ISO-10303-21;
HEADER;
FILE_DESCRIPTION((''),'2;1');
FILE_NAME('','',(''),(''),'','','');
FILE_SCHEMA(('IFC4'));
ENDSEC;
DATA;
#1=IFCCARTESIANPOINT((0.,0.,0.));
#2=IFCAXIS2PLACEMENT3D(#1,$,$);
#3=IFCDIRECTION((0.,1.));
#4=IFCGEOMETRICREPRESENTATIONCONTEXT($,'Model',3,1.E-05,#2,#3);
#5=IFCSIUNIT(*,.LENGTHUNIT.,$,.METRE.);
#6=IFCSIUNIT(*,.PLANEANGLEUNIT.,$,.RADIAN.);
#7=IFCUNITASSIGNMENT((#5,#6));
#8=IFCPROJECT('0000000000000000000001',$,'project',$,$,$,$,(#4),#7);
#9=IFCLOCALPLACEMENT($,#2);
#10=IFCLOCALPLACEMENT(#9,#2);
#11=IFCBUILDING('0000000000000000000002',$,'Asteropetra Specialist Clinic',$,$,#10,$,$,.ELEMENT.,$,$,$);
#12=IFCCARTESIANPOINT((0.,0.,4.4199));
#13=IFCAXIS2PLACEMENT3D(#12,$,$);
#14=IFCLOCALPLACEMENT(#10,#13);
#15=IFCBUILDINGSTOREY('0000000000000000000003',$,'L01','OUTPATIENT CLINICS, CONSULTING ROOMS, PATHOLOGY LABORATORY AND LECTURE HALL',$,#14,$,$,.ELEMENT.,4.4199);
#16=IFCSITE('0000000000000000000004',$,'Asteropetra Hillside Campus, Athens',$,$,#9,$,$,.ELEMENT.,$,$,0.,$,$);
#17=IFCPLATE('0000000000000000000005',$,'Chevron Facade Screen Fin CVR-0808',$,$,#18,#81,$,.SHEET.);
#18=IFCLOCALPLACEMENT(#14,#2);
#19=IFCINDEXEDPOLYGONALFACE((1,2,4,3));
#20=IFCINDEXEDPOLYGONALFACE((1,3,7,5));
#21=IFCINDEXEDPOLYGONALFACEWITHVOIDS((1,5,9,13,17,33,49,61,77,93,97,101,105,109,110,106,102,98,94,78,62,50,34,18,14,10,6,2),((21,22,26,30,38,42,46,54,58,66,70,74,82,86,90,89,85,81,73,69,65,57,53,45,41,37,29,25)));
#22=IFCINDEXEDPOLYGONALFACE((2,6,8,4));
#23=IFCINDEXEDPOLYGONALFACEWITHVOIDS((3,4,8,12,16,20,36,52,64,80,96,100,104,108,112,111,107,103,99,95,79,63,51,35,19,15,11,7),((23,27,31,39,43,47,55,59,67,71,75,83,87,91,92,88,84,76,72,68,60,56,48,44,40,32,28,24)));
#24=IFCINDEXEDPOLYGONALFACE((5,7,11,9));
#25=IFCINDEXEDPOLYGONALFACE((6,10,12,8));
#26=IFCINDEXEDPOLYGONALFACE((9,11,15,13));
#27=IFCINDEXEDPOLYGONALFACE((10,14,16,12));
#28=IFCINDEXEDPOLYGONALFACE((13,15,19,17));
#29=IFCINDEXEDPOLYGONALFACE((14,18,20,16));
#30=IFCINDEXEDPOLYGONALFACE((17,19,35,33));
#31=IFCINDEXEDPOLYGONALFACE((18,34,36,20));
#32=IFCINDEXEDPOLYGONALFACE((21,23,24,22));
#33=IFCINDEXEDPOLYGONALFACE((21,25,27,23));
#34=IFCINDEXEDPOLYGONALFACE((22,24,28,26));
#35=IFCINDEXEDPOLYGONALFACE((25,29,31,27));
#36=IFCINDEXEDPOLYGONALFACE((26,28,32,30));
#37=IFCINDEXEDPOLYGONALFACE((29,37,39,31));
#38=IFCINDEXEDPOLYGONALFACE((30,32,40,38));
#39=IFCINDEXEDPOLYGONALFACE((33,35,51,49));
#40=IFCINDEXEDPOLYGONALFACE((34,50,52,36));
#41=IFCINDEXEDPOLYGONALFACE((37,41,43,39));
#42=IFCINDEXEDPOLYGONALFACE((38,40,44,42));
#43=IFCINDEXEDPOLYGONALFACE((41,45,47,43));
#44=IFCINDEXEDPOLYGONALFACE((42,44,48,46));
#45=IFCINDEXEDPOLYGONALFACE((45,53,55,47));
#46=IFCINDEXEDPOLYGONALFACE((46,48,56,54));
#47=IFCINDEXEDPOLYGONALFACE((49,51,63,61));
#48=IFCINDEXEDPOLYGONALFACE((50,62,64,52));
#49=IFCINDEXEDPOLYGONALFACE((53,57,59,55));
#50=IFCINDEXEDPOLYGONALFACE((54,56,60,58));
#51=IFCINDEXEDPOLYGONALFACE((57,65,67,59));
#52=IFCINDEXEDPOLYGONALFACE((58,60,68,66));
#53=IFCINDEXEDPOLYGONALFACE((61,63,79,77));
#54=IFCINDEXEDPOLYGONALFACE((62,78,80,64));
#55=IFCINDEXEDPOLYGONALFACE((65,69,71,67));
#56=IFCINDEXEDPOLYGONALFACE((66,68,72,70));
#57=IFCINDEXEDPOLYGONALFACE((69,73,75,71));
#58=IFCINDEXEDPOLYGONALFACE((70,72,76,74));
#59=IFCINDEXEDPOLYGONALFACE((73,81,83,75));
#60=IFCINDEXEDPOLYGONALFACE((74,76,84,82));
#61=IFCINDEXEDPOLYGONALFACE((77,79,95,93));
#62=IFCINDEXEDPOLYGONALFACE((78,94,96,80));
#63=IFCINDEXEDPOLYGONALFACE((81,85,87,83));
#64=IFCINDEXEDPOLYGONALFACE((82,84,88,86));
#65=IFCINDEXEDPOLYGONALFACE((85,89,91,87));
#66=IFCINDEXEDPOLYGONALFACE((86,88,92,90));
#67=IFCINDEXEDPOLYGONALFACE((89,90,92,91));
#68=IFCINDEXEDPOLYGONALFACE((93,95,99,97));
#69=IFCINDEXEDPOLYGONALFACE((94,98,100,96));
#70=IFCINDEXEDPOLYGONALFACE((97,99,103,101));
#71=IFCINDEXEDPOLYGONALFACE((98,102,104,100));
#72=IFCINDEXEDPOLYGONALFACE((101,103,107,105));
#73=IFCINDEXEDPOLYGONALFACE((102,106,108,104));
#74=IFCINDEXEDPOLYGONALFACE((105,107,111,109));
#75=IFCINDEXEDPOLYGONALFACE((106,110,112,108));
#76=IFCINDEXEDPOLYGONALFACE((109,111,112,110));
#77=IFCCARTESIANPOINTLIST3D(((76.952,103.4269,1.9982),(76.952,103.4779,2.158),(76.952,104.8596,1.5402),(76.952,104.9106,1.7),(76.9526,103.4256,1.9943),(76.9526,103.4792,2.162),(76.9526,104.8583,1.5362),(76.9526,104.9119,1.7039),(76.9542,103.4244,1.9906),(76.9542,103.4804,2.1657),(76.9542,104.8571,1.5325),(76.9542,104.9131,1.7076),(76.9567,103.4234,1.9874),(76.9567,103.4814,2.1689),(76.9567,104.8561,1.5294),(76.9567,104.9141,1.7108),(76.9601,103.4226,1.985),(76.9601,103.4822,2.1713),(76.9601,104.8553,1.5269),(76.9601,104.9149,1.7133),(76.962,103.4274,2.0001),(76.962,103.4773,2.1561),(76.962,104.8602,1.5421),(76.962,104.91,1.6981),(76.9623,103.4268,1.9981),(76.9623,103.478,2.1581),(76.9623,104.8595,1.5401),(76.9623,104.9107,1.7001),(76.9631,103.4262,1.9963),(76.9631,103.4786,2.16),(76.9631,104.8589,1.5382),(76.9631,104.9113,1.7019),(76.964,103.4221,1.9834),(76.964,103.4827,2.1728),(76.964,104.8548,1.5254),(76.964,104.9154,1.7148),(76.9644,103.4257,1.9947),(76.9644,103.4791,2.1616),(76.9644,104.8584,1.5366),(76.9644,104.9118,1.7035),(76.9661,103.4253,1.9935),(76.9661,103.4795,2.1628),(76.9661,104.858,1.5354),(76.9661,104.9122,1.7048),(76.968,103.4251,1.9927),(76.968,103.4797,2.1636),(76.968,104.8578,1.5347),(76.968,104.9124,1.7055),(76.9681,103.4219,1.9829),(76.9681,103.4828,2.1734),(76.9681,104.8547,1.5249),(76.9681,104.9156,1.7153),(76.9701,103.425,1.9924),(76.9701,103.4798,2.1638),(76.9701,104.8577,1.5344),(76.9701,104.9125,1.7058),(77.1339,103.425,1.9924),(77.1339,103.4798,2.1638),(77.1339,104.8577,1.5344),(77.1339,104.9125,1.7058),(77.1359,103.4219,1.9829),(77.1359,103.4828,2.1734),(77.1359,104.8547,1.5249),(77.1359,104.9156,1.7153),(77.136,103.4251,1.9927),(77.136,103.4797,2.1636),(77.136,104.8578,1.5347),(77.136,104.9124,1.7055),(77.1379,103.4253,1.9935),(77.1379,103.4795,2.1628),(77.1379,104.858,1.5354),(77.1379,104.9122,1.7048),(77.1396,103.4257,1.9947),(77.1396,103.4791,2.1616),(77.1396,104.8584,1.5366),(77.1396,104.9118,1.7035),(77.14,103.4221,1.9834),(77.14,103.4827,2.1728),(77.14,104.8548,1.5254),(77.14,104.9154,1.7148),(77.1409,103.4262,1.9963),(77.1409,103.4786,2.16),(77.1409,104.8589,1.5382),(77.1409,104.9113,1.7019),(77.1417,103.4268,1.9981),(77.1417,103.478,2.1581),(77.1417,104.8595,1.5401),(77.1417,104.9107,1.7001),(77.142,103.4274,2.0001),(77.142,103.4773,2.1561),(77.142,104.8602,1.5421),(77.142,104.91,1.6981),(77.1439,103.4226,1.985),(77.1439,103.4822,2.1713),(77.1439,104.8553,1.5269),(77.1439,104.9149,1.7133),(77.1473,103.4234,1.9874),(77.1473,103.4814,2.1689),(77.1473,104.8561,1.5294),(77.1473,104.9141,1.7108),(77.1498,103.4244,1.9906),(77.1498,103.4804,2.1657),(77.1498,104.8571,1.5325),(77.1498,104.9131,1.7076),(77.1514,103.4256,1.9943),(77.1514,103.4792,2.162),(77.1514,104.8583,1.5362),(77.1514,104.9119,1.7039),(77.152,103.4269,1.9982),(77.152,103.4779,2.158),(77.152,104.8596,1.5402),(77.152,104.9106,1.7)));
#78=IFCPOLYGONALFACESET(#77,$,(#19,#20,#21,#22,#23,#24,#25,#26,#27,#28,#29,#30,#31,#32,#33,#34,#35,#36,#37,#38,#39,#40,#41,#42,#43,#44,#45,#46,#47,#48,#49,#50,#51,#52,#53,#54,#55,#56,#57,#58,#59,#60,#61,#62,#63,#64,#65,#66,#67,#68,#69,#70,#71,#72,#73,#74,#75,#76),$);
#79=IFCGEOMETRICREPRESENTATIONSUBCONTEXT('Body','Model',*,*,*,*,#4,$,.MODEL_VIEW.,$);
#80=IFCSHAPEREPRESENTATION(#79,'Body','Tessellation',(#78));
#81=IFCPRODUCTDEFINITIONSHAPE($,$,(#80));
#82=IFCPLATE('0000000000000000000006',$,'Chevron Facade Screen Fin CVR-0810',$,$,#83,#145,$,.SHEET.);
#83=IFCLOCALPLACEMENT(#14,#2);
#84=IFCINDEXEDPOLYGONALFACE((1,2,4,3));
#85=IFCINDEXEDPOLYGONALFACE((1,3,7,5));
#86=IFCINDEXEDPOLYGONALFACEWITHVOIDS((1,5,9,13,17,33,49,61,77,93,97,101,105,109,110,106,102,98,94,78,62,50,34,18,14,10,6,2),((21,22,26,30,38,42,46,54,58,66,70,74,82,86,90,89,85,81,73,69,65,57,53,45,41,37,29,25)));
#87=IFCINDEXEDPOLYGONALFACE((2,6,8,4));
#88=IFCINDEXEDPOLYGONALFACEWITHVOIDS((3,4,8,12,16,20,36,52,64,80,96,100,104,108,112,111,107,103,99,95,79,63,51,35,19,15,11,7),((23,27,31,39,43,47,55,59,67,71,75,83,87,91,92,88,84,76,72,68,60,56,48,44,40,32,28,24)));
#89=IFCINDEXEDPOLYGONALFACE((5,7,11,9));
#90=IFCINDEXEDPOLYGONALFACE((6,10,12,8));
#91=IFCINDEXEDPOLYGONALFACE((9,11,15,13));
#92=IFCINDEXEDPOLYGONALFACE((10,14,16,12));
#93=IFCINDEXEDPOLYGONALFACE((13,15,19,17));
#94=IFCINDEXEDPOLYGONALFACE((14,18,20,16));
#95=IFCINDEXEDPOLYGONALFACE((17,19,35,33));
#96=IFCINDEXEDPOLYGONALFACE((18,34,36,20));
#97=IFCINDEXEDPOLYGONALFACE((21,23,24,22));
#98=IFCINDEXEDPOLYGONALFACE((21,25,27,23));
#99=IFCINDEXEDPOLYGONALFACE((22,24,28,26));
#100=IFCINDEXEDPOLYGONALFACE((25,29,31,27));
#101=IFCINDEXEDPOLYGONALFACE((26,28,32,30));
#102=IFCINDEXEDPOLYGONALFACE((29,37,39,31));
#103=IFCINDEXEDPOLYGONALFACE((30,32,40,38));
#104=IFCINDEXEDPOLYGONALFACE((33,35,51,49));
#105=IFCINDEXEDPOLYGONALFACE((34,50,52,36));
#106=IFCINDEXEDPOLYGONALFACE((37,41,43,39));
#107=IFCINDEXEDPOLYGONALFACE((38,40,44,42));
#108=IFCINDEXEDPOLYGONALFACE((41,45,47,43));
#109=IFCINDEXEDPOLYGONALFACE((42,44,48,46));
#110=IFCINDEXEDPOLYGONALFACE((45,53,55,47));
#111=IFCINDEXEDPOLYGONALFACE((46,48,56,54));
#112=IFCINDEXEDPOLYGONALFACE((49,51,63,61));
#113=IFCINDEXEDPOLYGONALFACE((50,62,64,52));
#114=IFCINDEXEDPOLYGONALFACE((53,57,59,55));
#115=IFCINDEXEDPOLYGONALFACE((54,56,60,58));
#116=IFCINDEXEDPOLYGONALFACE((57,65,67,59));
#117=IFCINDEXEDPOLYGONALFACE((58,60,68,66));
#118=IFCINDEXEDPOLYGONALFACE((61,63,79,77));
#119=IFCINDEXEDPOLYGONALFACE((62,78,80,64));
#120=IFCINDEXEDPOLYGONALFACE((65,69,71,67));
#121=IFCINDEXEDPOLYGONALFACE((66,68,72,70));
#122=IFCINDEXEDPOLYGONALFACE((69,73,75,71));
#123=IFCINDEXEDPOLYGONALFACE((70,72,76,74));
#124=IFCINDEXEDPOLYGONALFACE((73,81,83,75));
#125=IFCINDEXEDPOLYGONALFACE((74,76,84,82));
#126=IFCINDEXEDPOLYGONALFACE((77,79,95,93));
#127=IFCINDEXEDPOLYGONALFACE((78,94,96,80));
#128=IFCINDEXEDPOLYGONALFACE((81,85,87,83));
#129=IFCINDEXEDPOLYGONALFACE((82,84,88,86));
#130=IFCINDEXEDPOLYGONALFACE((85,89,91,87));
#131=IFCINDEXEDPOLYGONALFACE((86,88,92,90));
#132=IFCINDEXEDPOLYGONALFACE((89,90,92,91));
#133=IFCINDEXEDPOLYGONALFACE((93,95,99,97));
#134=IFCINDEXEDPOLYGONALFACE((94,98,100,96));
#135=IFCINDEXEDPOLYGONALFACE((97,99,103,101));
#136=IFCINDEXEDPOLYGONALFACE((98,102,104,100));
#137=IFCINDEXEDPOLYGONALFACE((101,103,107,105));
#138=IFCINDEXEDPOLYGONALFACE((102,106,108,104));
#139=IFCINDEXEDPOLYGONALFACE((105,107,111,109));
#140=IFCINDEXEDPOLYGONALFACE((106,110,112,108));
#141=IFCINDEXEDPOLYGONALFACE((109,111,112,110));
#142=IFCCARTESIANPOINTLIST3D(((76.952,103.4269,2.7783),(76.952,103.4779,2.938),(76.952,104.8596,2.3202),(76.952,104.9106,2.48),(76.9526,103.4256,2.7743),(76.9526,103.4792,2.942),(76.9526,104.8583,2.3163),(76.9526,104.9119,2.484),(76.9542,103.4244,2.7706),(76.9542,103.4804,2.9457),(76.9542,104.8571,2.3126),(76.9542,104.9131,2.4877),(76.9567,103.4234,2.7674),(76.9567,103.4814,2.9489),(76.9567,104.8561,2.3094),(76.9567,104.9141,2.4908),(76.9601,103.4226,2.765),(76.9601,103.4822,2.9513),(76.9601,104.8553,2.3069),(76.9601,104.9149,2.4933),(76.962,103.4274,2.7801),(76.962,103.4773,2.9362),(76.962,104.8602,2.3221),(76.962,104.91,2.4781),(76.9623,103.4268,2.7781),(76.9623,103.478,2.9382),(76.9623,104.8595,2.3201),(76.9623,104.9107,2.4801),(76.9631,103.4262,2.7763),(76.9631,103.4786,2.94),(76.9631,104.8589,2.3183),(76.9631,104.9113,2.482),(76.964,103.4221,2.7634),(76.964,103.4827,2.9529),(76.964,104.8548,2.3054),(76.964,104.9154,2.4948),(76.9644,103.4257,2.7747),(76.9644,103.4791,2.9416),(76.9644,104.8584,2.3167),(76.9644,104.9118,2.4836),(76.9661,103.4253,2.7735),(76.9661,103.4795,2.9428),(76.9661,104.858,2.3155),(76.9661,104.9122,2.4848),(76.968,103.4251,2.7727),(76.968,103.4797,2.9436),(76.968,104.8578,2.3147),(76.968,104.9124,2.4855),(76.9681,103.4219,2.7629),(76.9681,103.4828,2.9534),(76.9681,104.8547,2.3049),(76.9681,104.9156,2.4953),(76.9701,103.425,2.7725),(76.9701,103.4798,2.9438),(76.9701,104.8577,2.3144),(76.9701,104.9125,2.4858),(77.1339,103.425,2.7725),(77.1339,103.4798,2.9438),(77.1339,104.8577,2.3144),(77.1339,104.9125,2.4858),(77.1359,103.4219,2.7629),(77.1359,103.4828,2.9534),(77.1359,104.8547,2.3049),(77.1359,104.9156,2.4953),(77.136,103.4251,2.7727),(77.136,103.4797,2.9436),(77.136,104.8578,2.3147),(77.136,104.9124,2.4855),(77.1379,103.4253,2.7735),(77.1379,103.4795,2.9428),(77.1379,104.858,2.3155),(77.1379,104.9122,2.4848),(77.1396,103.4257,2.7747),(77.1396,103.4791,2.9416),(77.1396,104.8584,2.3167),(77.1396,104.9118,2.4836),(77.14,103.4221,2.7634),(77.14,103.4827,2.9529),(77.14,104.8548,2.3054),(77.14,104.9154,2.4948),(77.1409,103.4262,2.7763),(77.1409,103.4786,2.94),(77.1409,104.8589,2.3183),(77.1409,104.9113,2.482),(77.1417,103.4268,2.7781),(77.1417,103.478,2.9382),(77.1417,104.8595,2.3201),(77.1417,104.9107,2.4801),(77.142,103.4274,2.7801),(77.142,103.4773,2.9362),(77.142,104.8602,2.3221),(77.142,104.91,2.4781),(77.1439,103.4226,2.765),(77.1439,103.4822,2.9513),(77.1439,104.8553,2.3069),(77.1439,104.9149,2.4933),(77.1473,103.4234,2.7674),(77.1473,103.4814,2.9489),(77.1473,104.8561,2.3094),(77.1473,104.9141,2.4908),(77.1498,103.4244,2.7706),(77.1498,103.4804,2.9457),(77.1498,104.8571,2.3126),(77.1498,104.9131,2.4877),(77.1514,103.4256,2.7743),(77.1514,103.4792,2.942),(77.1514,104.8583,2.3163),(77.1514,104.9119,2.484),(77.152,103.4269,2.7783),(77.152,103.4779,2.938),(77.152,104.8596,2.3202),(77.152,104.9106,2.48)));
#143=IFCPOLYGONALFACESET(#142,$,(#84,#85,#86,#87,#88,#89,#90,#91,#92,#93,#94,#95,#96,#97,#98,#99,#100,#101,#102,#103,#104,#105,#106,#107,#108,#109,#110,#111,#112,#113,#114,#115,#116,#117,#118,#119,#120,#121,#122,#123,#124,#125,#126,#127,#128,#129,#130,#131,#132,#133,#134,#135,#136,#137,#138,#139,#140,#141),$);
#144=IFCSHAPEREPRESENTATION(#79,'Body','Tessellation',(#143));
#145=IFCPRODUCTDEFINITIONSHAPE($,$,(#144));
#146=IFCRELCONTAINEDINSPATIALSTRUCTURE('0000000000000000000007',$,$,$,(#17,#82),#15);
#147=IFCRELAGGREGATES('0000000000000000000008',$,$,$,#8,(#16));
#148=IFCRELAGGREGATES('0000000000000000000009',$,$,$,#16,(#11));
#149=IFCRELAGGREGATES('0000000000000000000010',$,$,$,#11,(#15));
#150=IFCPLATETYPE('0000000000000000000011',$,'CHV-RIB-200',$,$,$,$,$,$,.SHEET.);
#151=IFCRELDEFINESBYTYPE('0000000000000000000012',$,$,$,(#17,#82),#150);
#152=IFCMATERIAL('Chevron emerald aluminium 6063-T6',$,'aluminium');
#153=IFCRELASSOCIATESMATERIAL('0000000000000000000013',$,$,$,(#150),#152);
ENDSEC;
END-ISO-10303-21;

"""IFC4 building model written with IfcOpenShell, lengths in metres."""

from ifc_helpers import new_model, si_unit, direction, frame, origin, origin_2d, place, context, subcontext, project, spatial, hollow_rectangle, extrude, material, material_profile, profile_set, type_object, element, save


model = new_model("IFC4")

# Units and contexts
model_context = context("Model", 3, precision=1e-05, world=origin(), true_north=direction((0.0, 1.0)))
body_context = subcontext(model_context, "Body", "Model", "MODEL_VIEW")
ifc_project = project(units=[si_unit("LENGTHUNIT", "METRE"), si_unit("PLANEANGLEUNIT", "RADIAN")], contexts=[model_context])

# Site, building, storey
site_placement = place(None, origin())
site = spatial("IfcSite", under=ifc_project, at=site_placement, Name="Asteropetra Hillside Campus, Athens", CompositionType="ELEMENT", RefElevation=0.0)
building_placement = place(site_placement, origin())
building = spatial("IfcBuilding", under=site, at=building_placement, Name="Asteropetra Specialist Clinic", CompositionType="ELEMENT")
storey_placement = place(building_placement, frame((0.0, 0.0, 4.4199)))
storey = spatial("IfcBuildingStorey", under=building, at=storey_placement, Name="L01", Description="OUTPATIENT CLINICS, CONSULTING ROOMS, PATHOLOGY LABORATORY AND LECTURE HALL", CompositionType="ELEMENT", Elevation=4.4199)

# Plates
ifc_material_1 = material(Name="Chevron emerald aluminium 6063-T6", Category="aluminium")
ifc_material_profile_1 = material_profile(ifc_material_1, hollow_rectangle(XDim=0.2, YDim=0.2, WallThickness=0.01, InnerFilletRadius=0.0081, OuterFilletRadius=0.0161, at=origin_2d()), Name="SHS 200x200x10.0")
ifc_profile_set_1 = profile_set([ifc_material_profile_1], Name="Chevron emerald aluminium 6063-T6")
plate_type_1 = type_object("IfcPlateType", Name="CHV-RIB-200", PredefinedType="SHEET", material=ifc_profile_set_1)
for number, where, z_axis, x_axis, name in (
    (1, (77.052, 103.4524, 2.0781), (0.0, 0.952507, -0.304517), (-1.0, 0.0, 0.0), "Chevron Facade Screen Fin CVR-0808"),
    (2, (77.052, 103.4524, 2.8582), (0.0, 0.952507, -0.304517), (-1.0, 0.0, 0.0), "Chevron Facade Screen Fin CVR-0810"),
):
    element("IfcPlate", number, at=place(storey_placement, frame(where, z_axis=z_axis, x_axis=x_axis)), inside=storey, type_object=plate_type_1, Name=name, PredefinedType="SHEET", context=body_context, shape_type="SweptSolid", body=[
        extrude(hollow_rectangle(XDim=0.2, YDim=0.2, WallThickness=0.01, InnerFilletRadius=0.0081, OuterFilletRadius=0.0161, at=origin_2d()), origin(), (0.0, 0.0, 1.0), 1.5042),
    ])

save(model, "model.ifc")
